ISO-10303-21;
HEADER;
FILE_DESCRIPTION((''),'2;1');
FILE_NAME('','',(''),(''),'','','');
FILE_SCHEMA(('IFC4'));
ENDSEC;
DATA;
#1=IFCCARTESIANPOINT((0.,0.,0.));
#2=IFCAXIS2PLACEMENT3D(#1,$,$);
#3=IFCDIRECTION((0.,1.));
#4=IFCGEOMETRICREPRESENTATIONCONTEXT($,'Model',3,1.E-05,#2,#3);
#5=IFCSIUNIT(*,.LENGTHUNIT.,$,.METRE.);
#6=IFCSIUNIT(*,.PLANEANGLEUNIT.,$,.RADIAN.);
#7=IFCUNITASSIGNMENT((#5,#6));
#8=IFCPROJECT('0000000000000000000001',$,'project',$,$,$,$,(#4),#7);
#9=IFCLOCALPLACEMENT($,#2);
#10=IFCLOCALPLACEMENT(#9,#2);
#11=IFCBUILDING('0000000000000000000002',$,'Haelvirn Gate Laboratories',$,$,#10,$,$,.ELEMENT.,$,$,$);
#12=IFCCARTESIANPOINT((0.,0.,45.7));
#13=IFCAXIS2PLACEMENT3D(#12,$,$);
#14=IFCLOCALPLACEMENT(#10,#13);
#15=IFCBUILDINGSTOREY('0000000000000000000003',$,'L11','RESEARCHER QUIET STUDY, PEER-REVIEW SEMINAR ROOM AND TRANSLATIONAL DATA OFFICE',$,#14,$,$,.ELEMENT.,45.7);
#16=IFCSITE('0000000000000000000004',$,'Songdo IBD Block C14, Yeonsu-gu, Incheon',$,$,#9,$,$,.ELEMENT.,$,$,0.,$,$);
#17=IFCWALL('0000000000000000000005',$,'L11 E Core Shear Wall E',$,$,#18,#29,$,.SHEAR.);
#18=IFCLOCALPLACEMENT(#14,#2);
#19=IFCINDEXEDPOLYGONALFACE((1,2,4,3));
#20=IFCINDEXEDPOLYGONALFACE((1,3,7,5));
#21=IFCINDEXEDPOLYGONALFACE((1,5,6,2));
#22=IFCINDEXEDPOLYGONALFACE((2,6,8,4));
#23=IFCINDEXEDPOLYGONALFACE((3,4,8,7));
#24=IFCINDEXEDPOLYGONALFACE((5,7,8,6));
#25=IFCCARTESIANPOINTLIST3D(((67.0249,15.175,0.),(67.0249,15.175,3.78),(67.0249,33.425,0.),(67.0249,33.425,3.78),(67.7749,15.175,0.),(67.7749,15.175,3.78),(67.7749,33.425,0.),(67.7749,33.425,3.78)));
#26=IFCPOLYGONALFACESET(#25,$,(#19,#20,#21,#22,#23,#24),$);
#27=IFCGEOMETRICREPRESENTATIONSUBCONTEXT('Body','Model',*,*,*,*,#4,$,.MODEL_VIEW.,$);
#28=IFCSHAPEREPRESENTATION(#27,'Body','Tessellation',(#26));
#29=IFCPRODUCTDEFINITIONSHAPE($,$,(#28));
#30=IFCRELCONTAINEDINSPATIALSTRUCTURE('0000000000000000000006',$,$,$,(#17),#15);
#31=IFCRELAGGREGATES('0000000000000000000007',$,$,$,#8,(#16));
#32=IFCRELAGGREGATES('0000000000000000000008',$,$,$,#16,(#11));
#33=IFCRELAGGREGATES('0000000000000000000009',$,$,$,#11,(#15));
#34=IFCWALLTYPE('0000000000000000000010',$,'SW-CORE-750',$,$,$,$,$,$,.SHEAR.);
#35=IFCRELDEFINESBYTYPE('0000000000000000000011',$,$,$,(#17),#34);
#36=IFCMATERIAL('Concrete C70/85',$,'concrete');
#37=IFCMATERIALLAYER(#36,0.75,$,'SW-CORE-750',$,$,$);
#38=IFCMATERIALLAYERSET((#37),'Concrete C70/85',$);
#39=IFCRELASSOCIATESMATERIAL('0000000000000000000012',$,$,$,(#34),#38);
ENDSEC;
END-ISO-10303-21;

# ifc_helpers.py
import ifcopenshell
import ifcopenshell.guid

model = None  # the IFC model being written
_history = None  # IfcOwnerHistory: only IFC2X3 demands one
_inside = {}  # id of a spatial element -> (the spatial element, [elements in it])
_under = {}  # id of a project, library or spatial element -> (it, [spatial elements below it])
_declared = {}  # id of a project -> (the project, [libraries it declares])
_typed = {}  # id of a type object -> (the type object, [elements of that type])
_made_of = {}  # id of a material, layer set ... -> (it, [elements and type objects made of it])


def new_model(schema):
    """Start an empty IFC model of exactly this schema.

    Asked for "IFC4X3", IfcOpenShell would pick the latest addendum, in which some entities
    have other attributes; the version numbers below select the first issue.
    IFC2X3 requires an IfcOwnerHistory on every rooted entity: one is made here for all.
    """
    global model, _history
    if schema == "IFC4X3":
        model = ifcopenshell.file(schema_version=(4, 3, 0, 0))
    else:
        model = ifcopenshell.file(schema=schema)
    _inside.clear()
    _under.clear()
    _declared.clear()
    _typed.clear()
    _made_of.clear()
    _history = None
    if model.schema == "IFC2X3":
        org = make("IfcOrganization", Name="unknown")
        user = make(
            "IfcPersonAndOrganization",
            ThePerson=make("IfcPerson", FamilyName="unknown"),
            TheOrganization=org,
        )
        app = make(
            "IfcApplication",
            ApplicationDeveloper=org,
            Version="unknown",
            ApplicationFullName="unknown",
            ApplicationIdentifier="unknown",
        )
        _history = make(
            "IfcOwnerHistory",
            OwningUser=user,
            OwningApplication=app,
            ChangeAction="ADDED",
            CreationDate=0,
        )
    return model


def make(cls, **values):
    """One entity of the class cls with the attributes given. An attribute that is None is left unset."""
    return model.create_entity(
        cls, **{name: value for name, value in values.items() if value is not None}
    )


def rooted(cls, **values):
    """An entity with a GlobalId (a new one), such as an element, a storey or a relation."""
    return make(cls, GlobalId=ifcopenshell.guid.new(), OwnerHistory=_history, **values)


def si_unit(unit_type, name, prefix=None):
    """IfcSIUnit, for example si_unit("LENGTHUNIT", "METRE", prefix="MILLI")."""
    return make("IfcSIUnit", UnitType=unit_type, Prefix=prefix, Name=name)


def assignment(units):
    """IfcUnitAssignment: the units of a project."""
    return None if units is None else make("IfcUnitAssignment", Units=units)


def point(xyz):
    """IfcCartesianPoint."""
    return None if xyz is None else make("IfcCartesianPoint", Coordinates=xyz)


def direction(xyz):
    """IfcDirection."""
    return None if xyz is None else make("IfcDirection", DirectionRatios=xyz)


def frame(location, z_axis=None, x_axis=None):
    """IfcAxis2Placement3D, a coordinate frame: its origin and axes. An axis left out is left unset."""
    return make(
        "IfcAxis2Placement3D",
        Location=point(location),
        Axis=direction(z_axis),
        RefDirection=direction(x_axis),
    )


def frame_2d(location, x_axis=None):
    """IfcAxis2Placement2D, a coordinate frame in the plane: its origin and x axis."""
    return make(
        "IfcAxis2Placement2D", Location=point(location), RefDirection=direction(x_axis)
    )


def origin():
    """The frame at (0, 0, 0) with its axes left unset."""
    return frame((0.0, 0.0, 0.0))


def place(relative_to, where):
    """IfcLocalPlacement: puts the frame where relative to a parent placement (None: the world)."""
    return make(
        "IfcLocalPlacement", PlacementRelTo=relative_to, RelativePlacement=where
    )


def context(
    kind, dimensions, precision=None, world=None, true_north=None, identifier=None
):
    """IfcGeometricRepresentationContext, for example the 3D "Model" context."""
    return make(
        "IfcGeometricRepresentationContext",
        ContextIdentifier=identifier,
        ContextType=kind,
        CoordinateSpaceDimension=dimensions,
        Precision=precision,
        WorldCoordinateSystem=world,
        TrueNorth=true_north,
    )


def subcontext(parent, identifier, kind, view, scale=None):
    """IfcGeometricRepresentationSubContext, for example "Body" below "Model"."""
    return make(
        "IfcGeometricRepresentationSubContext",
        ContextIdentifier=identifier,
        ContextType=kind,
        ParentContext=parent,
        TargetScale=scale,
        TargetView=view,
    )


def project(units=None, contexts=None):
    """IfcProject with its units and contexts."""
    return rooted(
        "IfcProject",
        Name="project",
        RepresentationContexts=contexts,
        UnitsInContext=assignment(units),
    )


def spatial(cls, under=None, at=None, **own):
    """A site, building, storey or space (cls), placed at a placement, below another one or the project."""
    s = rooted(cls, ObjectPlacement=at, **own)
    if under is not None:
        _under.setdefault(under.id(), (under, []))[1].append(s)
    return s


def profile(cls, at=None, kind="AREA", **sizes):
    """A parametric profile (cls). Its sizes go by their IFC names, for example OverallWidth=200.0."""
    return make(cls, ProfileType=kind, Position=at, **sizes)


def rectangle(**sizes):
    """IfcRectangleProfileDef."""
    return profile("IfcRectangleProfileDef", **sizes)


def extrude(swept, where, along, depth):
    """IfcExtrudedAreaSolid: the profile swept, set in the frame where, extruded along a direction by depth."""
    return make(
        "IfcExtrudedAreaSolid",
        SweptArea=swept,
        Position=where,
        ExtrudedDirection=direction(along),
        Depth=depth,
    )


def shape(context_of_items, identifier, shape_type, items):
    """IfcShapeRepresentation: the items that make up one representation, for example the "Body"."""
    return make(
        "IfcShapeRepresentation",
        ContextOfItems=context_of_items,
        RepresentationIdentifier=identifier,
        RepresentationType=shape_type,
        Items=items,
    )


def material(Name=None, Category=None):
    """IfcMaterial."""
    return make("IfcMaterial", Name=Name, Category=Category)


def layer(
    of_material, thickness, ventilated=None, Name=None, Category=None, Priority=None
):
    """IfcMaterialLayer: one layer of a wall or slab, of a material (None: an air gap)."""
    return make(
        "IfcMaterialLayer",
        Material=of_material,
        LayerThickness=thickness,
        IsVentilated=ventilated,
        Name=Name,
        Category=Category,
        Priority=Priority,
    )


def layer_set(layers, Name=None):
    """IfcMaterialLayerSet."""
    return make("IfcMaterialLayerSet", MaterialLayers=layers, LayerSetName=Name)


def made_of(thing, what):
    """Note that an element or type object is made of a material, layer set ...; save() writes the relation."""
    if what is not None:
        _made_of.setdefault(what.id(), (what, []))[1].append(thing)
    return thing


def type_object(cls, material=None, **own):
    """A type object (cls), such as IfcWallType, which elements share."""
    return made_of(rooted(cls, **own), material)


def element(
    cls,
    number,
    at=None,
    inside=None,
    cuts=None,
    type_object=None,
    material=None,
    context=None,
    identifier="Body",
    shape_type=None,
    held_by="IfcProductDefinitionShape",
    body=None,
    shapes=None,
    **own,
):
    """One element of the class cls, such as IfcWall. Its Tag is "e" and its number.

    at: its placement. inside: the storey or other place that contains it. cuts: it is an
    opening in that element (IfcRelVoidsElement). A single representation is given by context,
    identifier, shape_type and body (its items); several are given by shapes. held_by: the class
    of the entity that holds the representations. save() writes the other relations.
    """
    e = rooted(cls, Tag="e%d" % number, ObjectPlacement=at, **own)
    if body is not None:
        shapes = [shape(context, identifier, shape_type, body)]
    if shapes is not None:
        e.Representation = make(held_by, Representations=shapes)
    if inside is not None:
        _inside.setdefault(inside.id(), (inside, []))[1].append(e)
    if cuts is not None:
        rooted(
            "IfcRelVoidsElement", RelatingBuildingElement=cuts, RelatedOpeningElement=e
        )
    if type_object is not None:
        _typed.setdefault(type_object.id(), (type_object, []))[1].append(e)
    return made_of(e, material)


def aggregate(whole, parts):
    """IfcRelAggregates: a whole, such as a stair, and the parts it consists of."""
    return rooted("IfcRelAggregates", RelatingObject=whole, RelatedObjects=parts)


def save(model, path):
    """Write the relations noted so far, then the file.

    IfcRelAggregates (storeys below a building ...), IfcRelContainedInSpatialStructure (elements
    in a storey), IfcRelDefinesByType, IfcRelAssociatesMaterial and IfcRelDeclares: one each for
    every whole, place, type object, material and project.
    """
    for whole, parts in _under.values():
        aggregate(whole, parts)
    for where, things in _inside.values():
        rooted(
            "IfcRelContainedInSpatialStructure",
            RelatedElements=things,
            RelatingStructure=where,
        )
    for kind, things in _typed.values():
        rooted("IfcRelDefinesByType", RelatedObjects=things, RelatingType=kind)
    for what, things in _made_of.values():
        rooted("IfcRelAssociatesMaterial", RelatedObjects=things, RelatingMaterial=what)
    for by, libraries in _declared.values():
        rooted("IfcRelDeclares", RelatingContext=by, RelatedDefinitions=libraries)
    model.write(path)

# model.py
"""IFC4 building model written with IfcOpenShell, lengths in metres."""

from ifc_helpers import new_model, si_unit, direction, frame, frame_2d, origin, place, context, subcontext, project, spatial, rectangle, extrude, material, layer, layer_set, type_object, element, save


model = new_model("IFC4")

# Units and contexts
model_context = context("Model", 3, precision=1e-05, world=origin(), true_north=direction((0.0, 1.0)))
body_context = subcontext(model_context, "Body", "Model", "MODEL_VIEW")
ifc_project = project(units=[si_unit("LENGTHUNIT", "METRE"), si_unit("PLANEANGLEUNIT", "RADIAN")], contexts=[model_context])

# Site, building, storey
site_placement = place(None, origin())
site = spatial("IfcSite", under=ifc_project, at=site_placement, Name="Songdo IBD Block C14, Yeonsu-gu, Incheon", CompositionType="ELEMENT", RefElevation=0.0)
building_placement = place(site_placement, origin())
building = spatial("IfcBuilding", under=site, at=building_placement, Name="Haelvirn Gate Laboratories", CompositionType="ELEMENT")
storey_placement = place(building_placement, frame((0.0, 0.0, 45.7)))
storey = spatial("IfcBuildingStorey", under=building, at=storey_placement, Name="L11", Description="RESEARCHER QUIET STUDY, PEER-REVIEW SEMINAR ROOM AND TRANSLATIONAL DATA OFFICE", CompositionType="ELEMENT", Elevation=45.7)

# Shared definitions
ifc_material_1 = material(Name="Concrete C70/85", Category="concrete")

# Wall
ifc_layer_1 = layer(ifc_material_1, 0.75, Name="SW-CORE-750")
ifc_layer_set_1 = layer_set([ifc_layer_1], Name="Concrete C70/85")
wall_type_1 = type_object("IfcWallType", Name="SW-CORE-750", PredefinedType="SHEAR", material=ifc_layer_set_1)
wall_1_placement = place(storey_placement, frame((67.3999, 15.175, 0.0), z_axis=(0.0, 0.0, 1.0), x_axis=(0.0, 1.0, 0.0)))
element("IfcWall", 1, at=wall_1_placement, inside=storey, type_object=wall_type_1, Name="L11 E Core Shear Wall E", PredefinedType="SHEAR", context=body_context, shape_type="SweptSolid", body=[
    extrude(rectangle(XDim=18.25, YDim=0.75, at=frame_2d((9.125, 0.0))), origin(), (0.0, 0.0, 1.0), 3.78),
])

save(model, "model.ifc")
